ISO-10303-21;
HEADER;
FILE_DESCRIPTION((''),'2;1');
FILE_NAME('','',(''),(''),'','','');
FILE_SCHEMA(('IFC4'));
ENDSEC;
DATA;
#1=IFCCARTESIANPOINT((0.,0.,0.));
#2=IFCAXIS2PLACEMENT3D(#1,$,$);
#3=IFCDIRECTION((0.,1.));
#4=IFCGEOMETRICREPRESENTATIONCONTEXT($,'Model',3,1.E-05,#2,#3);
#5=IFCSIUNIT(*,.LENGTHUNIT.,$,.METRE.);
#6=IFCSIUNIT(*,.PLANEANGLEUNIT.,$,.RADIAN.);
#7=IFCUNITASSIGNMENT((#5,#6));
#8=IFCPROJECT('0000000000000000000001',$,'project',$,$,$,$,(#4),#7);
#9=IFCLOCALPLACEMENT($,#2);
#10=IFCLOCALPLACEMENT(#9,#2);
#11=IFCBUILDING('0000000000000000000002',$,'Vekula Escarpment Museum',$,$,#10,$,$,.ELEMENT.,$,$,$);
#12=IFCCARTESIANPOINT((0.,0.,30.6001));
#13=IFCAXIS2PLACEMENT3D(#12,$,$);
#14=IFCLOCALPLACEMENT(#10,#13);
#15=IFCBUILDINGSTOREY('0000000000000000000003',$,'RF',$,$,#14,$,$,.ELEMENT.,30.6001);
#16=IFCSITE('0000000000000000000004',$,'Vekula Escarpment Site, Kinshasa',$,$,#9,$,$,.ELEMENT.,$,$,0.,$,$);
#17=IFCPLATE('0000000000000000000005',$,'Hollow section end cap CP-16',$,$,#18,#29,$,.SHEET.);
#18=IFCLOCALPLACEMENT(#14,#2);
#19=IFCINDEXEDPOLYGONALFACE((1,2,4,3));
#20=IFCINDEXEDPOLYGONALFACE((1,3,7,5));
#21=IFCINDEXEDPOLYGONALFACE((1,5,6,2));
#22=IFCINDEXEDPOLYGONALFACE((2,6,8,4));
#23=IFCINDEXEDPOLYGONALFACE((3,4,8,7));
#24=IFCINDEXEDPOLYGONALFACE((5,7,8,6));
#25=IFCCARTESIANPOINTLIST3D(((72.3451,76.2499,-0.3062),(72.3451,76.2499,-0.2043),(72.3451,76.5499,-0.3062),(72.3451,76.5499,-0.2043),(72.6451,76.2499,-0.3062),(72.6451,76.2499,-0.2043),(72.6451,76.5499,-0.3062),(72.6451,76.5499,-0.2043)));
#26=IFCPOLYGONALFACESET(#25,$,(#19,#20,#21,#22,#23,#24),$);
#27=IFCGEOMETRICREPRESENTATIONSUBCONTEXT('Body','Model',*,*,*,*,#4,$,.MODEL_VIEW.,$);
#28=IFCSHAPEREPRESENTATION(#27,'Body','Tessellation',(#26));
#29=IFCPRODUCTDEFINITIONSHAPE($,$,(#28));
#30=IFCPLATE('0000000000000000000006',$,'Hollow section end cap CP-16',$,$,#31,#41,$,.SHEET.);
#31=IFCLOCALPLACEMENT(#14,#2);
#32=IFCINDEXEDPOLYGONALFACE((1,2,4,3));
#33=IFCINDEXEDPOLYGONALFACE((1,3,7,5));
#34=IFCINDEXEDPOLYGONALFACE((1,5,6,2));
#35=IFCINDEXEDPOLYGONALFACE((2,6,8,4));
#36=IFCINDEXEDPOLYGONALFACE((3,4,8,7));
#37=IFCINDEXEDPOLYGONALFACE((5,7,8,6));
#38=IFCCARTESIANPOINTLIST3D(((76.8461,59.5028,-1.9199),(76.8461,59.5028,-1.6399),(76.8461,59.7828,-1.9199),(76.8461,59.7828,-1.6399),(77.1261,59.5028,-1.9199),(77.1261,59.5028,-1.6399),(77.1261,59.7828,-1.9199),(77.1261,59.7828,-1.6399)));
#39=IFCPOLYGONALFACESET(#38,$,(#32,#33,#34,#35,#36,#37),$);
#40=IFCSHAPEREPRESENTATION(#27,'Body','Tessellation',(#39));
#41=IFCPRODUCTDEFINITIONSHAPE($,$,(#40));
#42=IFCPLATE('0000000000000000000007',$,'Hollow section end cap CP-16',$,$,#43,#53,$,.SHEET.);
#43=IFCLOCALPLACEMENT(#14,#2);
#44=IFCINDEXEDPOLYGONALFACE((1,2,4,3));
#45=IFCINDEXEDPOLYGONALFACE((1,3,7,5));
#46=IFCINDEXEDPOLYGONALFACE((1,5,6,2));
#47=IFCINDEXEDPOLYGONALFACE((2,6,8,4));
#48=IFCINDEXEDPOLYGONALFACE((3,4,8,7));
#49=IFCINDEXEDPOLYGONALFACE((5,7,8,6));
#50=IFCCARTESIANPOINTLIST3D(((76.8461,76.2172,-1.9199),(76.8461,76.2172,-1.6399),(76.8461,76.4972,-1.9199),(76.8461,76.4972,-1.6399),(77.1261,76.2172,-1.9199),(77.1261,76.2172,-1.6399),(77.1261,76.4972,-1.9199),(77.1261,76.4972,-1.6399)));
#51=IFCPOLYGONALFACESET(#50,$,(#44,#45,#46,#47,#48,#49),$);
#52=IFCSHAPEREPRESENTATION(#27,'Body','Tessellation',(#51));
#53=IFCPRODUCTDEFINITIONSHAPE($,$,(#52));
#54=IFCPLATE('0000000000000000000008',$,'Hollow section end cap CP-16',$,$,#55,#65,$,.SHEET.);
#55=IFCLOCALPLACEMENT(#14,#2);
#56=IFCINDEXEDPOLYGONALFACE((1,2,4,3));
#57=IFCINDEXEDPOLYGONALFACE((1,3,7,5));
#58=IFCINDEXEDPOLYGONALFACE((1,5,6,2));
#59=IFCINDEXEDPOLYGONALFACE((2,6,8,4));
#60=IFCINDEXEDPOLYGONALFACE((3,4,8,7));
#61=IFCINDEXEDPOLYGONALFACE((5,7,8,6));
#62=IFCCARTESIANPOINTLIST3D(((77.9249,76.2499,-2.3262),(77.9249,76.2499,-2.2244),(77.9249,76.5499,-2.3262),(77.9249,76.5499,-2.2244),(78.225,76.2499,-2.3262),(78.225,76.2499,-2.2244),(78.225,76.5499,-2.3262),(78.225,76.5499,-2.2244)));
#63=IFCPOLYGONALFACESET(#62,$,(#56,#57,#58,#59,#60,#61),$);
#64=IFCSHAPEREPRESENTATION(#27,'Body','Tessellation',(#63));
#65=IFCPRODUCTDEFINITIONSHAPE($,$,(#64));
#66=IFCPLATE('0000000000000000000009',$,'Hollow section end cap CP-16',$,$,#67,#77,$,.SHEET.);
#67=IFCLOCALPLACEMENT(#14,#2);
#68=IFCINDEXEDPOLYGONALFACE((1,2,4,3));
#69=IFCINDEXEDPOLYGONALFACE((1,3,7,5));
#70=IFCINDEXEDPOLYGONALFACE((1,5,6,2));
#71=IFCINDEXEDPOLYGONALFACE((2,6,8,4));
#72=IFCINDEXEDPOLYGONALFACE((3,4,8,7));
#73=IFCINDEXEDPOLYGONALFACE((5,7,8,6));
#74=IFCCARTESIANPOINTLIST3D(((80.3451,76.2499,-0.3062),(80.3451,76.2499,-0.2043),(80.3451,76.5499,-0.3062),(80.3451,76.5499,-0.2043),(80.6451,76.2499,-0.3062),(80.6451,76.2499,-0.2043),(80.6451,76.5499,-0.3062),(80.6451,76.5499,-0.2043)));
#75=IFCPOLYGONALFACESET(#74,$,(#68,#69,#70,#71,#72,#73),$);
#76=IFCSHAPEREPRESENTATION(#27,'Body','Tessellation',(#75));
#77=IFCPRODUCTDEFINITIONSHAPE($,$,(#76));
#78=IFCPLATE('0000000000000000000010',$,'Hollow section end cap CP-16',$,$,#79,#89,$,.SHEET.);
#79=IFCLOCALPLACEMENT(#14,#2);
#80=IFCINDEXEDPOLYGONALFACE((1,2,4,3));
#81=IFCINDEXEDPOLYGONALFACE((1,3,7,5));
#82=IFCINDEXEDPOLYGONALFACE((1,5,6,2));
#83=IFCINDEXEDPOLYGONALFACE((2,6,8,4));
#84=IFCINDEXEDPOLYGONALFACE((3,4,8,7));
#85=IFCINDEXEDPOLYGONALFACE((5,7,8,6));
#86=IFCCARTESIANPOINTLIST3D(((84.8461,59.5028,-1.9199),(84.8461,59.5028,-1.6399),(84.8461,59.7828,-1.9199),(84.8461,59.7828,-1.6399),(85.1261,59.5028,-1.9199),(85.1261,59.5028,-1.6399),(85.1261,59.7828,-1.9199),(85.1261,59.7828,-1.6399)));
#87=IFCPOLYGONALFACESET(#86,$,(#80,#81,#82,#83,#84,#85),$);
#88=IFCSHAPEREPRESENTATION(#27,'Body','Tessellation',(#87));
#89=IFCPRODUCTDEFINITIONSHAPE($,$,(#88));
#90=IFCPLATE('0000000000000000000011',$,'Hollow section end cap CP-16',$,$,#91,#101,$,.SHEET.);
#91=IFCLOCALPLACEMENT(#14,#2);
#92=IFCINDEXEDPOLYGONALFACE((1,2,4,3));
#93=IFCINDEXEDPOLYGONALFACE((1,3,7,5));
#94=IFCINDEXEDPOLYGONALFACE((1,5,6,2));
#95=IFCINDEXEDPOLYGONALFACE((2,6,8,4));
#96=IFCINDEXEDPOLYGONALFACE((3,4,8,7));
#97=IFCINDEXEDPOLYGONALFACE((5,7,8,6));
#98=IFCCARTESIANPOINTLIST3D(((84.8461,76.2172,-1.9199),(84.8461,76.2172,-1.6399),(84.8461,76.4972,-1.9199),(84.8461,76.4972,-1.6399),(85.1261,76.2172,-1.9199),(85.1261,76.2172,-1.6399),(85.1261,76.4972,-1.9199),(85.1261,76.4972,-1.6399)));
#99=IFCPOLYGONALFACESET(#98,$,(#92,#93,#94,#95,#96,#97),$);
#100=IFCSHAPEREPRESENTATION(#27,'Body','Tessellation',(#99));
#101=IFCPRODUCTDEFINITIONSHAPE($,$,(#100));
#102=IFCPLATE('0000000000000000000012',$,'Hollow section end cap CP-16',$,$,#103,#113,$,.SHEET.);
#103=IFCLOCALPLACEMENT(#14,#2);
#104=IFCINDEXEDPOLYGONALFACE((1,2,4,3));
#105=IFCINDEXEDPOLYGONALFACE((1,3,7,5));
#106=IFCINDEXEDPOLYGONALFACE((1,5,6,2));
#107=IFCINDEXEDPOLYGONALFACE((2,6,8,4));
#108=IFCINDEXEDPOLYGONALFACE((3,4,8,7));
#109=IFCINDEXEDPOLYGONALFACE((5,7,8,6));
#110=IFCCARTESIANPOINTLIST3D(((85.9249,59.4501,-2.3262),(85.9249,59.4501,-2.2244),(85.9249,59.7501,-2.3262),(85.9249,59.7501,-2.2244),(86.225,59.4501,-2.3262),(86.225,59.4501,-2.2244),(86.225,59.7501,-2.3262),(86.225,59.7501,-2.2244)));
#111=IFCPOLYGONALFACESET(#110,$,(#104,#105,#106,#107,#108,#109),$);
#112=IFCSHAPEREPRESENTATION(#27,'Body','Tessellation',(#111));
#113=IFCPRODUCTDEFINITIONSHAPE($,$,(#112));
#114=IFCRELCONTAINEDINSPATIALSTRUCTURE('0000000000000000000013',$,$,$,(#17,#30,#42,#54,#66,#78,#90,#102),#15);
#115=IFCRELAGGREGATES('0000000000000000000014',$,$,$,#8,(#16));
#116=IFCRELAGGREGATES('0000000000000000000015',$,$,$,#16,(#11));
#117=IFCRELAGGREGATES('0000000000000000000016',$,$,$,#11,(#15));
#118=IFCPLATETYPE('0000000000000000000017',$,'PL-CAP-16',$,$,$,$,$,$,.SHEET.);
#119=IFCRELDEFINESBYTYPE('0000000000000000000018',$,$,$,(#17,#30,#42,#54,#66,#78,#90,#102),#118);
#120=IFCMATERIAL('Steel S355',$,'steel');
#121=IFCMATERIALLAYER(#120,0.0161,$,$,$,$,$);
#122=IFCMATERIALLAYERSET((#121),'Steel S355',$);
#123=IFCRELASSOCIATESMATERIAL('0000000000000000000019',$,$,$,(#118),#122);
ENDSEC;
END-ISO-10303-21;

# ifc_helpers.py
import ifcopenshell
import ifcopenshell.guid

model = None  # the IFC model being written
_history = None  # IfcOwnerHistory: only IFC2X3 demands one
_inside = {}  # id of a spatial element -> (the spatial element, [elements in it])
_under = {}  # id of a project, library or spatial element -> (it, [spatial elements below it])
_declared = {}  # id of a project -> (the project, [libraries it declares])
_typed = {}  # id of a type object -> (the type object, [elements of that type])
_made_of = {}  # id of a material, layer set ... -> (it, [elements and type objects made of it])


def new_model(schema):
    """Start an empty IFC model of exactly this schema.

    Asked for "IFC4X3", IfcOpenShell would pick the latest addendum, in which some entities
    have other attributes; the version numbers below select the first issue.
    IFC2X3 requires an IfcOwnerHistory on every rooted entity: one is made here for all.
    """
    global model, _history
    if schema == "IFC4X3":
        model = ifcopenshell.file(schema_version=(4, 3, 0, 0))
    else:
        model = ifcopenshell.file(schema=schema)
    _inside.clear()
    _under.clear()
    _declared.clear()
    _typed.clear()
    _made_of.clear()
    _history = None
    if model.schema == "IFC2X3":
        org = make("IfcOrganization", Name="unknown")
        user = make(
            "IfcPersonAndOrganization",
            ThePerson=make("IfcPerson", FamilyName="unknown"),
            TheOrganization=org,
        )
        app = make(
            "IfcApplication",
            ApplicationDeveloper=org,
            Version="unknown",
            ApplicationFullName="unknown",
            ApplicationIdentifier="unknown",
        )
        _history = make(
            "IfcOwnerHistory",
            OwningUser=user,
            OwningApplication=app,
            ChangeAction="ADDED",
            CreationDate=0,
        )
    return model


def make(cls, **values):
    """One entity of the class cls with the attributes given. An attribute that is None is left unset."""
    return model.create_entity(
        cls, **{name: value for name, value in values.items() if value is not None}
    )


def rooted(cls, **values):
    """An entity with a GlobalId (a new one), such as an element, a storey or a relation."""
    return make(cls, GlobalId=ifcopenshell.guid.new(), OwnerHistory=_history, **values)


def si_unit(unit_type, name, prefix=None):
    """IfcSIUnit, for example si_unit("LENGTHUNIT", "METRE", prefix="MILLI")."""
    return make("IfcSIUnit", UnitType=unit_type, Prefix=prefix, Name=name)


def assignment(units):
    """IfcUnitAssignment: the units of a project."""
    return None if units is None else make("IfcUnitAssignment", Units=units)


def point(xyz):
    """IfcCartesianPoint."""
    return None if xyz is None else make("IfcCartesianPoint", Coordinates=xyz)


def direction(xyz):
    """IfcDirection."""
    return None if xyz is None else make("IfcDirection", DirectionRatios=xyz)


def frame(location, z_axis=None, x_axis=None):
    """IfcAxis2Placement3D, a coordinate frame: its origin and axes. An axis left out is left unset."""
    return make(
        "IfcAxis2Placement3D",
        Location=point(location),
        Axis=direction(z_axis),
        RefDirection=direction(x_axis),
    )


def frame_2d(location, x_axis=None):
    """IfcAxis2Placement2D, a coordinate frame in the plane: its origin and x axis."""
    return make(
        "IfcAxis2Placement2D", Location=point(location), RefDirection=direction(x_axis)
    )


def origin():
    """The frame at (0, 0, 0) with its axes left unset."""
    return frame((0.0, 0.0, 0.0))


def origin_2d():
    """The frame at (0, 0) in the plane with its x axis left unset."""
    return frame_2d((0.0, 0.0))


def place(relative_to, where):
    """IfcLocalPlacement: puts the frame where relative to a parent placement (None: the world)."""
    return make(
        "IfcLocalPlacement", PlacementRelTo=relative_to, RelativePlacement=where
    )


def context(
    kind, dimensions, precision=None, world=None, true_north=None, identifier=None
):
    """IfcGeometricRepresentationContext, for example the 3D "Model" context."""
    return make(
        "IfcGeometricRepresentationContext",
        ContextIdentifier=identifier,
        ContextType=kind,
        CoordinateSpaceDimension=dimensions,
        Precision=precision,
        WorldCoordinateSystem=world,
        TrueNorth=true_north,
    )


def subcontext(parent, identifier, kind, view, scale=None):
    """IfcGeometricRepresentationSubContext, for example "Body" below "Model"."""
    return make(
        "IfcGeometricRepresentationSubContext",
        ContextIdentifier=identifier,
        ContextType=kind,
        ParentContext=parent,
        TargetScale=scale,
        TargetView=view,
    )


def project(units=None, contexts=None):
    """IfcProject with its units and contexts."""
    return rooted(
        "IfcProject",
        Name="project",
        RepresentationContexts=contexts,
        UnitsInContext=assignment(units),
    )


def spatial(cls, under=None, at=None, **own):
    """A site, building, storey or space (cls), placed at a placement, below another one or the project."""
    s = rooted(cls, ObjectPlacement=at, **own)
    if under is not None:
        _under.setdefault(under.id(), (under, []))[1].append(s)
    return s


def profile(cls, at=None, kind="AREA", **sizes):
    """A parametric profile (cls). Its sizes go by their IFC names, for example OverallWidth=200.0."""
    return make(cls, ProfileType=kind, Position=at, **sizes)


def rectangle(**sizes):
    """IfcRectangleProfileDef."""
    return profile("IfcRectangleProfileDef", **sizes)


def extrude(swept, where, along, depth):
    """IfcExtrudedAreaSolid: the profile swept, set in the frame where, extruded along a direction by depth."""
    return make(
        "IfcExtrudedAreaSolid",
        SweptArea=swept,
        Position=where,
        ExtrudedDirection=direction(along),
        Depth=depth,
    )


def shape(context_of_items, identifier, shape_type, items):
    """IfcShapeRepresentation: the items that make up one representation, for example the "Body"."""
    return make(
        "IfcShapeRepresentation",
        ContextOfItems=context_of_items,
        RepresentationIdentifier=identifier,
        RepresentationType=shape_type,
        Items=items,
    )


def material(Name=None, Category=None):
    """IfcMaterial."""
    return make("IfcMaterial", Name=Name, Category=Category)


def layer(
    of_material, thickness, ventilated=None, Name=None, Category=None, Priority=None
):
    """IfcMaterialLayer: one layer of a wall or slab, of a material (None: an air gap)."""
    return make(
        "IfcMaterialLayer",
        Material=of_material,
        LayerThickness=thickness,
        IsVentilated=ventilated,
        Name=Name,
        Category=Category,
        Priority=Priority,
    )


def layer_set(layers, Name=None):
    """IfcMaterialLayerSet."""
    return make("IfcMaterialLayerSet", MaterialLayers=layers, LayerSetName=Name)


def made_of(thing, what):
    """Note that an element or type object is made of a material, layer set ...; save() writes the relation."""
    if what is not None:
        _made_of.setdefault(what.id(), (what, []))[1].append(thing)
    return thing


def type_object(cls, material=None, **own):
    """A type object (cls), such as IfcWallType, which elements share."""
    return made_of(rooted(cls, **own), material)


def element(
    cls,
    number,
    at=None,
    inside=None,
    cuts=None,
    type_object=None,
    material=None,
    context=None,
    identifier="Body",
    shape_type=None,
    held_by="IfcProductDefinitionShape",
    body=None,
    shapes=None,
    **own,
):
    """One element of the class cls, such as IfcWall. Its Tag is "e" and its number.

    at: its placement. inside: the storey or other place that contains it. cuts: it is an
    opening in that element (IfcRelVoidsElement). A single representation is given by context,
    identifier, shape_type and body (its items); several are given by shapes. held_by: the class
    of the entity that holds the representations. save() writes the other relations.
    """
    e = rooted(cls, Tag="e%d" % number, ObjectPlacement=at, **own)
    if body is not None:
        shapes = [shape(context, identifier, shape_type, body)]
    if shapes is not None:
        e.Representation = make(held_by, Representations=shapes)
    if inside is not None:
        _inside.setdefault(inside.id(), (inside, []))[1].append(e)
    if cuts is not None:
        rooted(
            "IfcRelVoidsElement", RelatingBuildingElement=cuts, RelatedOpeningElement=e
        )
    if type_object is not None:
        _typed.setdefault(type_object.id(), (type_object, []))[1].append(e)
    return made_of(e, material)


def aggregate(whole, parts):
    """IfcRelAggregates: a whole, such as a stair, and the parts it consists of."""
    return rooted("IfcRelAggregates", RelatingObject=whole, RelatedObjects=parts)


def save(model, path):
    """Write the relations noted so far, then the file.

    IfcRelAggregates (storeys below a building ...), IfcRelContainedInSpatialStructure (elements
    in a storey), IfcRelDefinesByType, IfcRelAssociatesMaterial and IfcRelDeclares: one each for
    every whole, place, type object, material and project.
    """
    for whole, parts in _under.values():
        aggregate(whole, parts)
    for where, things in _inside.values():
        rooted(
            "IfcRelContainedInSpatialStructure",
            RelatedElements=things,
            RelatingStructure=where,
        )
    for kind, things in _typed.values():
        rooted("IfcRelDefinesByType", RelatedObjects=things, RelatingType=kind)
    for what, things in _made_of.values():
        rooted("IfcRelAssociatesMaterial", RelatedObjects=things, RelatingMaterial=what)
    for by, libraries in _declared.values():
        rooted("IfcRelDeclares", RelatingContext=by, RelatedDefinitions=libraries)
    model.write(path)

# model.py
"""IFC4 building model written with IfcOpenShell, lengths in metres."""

from ifc_helpers import new_model, si_unit, direction, frame, origin, origin_2d, place, context, subcontext, project, spatial, rectangle, extrude, material, layer, layer_set, type_object, element, save


model = new_model("IFC4")

# Units and contexts
model_context = context("Model", 3, precision=1e-05, world=origin(), true_north=direction((0.0, 1.0)))
body_context = subcontext(model_context, "Body", "Model", "MODEL_VIEW")
ifc_project = project(units=[si_unit("LENGTHUNIT", "METRE"), si_unit("PLANEANGLEUNIT", "RADIAN")], contexts=[model_context])

# Site, building, storey
site_placement = place(None, origin())
site = spatial("IfcSite", under=ifc_project, at=site_placement, Name="Vekula Escarpment Site, Kinshasa", CompositionType="ELEMENT", RefElevation=0.0)
building_placement = place(site_placement, origin())
building = spatial("IfcBuilding", under=site, at=building_placement, Name="Vekula Escarpment Museum", CompositionType="ELEMENT")
storey_placement = place(building_placement, frame((0.0, 0.0, 30.6001)))
storey = spatial("IfcBuildingStorey", under=building, at=storey_placement, Name="RF", CompositionType="ELEMENT", Elevation=30.6001)

# Plates
ifc_material_1 = material(Name="Steel S355", Category="steel")
ifc_layer = layer(ifc_material_1, 0.0161)
ifc_layer_set = layer_set([ifc_layer], Name="Steel S355")
plate_type = type_object("IfcPlateType", Name="PL-CAP-16", PredefinedType="SHEET", material=ifc_layer_set)
for number, where, z_axis, x_axis, name in (
    (1, (72.4951, 76.3999, -0.3062), (0.0, 0.0, 1.0), (1.0, 0.0, 0.0), "Hollow section end cap CP-16"),
):
    element("IfcPlate", number, at=place(storey_placement, frame(where, z_axis=z_axis, x_axis=x_axis)), inside=storey, type_object=plate_type, Name=name, PredefinedType="SHEET", context=body_context, shape_type="SweptSolid", body=[
        extrude(rectangle(XDim=0.3, YDim=0.3, at=origin_2d()), origin(), (0.0, 0.0, 1.0), 0.1018),
    ])
for number, where, z_axis, x_axis, name in (
    (2, (76.9861, 59.6428, -1.9199), (0.0, 0.0, 1.0), (1.0, 0.0, 0.0), "Hollow section end cap CP-16"),
    (3, (76.9861, 76.3572, -1.9199), (0.0, 0.0, 1.0), (1.0, 0.0, 0.0), "Hollow section end cap CP-16"),
):
    element("IfcPlate", number, at=place(storey_placement, frame(where, z_axis=z_axis, x_axis=x_axis)), inside=storey, type_object=plate_type, Name=name, PredefinedType="SHEET", context=body_context, shape_type="SweptSolid", body=[
        extrude(rectangle(XDim=0.28, YDim=0.28, at=origin_2d()), origin(), (0.0, 0.0, 1.0), 0.28),
    ])
for number, where, z_axis, x_axis, name in (
    (4, (78.075, 76.3999, -2.3262), (0.0, 0.0, 1.0), (1.0, 0.0, 0.0), "Hollow section end cap CP-16"),
    (5, (80.4951, 76.3999, -0.3062), (0.0, 0.0, 1.0), (1.0, 0.0, 0.0), "Hollow section end cap CP-16"),
):
    element("IfcPlate", number, at=place(storey_placement, frame(where, z_axis=z_axis, x_axis=x_axis)), inside=storey, type_object=plate_type, Name=name, PredefinedType="SHEET", context=body_context, shape_type="SweptSolid", body=[
        extrude(rectangle(XDim=0.3, YDim=0.3, at=origin_2d()), origin(), (0.0, 0.0, 1.0), 0.1018),
    ])
for number, where, z_axis, x_axis, name in (
    (6, (84.9861, 59.6428, -1.9199), (0.0, 0.0, 1.0), (1.0, 0.0, 0.0), "Hollow section end cap CP-16"),
    (7, (84.9861, 76.3572, -1.9199), (0.0, 0.0, 1.0), (1.0, 0.0, 0.0), "Hollow section end cap CP-16"),
):
    element("IfcPlate", number, at=place(storey_placement, frame(where, z_axis=z_axis, x_axis=x_axis)), inside=storey, type_object=plate_type, Name=name, PredefinedType="SHEET", context=body_context, shape_type="SweptSolid", body=[
        extrude(rectangle(XDim=0.28, YDim=0.28, at=origin_2d()), origin(), (0.0, 0.0, 1.0), 0.28),
    ])
plate_placement = place(storey_placement, frame((86.075, 59.6001, -2.3262), z_axis=(0.0, 0.0, 1.0), x_axis=(1.0, 0.0, 0.0)))
element("IfcPlate", 8, at=plate_placement, inside=storey, type_object=plate_type, Name="Hollow section end cap CP-16", PredefinedType="SHEET", context=body_context, shape_type="SweptSolid", body=[
    extrude(rectangle(XDim=0.3, YDim=0.3, at=origin_2d()), origin(), (0.0, 0.0, 1.0), 0.1018),
])

save(model, "model.ifc")
